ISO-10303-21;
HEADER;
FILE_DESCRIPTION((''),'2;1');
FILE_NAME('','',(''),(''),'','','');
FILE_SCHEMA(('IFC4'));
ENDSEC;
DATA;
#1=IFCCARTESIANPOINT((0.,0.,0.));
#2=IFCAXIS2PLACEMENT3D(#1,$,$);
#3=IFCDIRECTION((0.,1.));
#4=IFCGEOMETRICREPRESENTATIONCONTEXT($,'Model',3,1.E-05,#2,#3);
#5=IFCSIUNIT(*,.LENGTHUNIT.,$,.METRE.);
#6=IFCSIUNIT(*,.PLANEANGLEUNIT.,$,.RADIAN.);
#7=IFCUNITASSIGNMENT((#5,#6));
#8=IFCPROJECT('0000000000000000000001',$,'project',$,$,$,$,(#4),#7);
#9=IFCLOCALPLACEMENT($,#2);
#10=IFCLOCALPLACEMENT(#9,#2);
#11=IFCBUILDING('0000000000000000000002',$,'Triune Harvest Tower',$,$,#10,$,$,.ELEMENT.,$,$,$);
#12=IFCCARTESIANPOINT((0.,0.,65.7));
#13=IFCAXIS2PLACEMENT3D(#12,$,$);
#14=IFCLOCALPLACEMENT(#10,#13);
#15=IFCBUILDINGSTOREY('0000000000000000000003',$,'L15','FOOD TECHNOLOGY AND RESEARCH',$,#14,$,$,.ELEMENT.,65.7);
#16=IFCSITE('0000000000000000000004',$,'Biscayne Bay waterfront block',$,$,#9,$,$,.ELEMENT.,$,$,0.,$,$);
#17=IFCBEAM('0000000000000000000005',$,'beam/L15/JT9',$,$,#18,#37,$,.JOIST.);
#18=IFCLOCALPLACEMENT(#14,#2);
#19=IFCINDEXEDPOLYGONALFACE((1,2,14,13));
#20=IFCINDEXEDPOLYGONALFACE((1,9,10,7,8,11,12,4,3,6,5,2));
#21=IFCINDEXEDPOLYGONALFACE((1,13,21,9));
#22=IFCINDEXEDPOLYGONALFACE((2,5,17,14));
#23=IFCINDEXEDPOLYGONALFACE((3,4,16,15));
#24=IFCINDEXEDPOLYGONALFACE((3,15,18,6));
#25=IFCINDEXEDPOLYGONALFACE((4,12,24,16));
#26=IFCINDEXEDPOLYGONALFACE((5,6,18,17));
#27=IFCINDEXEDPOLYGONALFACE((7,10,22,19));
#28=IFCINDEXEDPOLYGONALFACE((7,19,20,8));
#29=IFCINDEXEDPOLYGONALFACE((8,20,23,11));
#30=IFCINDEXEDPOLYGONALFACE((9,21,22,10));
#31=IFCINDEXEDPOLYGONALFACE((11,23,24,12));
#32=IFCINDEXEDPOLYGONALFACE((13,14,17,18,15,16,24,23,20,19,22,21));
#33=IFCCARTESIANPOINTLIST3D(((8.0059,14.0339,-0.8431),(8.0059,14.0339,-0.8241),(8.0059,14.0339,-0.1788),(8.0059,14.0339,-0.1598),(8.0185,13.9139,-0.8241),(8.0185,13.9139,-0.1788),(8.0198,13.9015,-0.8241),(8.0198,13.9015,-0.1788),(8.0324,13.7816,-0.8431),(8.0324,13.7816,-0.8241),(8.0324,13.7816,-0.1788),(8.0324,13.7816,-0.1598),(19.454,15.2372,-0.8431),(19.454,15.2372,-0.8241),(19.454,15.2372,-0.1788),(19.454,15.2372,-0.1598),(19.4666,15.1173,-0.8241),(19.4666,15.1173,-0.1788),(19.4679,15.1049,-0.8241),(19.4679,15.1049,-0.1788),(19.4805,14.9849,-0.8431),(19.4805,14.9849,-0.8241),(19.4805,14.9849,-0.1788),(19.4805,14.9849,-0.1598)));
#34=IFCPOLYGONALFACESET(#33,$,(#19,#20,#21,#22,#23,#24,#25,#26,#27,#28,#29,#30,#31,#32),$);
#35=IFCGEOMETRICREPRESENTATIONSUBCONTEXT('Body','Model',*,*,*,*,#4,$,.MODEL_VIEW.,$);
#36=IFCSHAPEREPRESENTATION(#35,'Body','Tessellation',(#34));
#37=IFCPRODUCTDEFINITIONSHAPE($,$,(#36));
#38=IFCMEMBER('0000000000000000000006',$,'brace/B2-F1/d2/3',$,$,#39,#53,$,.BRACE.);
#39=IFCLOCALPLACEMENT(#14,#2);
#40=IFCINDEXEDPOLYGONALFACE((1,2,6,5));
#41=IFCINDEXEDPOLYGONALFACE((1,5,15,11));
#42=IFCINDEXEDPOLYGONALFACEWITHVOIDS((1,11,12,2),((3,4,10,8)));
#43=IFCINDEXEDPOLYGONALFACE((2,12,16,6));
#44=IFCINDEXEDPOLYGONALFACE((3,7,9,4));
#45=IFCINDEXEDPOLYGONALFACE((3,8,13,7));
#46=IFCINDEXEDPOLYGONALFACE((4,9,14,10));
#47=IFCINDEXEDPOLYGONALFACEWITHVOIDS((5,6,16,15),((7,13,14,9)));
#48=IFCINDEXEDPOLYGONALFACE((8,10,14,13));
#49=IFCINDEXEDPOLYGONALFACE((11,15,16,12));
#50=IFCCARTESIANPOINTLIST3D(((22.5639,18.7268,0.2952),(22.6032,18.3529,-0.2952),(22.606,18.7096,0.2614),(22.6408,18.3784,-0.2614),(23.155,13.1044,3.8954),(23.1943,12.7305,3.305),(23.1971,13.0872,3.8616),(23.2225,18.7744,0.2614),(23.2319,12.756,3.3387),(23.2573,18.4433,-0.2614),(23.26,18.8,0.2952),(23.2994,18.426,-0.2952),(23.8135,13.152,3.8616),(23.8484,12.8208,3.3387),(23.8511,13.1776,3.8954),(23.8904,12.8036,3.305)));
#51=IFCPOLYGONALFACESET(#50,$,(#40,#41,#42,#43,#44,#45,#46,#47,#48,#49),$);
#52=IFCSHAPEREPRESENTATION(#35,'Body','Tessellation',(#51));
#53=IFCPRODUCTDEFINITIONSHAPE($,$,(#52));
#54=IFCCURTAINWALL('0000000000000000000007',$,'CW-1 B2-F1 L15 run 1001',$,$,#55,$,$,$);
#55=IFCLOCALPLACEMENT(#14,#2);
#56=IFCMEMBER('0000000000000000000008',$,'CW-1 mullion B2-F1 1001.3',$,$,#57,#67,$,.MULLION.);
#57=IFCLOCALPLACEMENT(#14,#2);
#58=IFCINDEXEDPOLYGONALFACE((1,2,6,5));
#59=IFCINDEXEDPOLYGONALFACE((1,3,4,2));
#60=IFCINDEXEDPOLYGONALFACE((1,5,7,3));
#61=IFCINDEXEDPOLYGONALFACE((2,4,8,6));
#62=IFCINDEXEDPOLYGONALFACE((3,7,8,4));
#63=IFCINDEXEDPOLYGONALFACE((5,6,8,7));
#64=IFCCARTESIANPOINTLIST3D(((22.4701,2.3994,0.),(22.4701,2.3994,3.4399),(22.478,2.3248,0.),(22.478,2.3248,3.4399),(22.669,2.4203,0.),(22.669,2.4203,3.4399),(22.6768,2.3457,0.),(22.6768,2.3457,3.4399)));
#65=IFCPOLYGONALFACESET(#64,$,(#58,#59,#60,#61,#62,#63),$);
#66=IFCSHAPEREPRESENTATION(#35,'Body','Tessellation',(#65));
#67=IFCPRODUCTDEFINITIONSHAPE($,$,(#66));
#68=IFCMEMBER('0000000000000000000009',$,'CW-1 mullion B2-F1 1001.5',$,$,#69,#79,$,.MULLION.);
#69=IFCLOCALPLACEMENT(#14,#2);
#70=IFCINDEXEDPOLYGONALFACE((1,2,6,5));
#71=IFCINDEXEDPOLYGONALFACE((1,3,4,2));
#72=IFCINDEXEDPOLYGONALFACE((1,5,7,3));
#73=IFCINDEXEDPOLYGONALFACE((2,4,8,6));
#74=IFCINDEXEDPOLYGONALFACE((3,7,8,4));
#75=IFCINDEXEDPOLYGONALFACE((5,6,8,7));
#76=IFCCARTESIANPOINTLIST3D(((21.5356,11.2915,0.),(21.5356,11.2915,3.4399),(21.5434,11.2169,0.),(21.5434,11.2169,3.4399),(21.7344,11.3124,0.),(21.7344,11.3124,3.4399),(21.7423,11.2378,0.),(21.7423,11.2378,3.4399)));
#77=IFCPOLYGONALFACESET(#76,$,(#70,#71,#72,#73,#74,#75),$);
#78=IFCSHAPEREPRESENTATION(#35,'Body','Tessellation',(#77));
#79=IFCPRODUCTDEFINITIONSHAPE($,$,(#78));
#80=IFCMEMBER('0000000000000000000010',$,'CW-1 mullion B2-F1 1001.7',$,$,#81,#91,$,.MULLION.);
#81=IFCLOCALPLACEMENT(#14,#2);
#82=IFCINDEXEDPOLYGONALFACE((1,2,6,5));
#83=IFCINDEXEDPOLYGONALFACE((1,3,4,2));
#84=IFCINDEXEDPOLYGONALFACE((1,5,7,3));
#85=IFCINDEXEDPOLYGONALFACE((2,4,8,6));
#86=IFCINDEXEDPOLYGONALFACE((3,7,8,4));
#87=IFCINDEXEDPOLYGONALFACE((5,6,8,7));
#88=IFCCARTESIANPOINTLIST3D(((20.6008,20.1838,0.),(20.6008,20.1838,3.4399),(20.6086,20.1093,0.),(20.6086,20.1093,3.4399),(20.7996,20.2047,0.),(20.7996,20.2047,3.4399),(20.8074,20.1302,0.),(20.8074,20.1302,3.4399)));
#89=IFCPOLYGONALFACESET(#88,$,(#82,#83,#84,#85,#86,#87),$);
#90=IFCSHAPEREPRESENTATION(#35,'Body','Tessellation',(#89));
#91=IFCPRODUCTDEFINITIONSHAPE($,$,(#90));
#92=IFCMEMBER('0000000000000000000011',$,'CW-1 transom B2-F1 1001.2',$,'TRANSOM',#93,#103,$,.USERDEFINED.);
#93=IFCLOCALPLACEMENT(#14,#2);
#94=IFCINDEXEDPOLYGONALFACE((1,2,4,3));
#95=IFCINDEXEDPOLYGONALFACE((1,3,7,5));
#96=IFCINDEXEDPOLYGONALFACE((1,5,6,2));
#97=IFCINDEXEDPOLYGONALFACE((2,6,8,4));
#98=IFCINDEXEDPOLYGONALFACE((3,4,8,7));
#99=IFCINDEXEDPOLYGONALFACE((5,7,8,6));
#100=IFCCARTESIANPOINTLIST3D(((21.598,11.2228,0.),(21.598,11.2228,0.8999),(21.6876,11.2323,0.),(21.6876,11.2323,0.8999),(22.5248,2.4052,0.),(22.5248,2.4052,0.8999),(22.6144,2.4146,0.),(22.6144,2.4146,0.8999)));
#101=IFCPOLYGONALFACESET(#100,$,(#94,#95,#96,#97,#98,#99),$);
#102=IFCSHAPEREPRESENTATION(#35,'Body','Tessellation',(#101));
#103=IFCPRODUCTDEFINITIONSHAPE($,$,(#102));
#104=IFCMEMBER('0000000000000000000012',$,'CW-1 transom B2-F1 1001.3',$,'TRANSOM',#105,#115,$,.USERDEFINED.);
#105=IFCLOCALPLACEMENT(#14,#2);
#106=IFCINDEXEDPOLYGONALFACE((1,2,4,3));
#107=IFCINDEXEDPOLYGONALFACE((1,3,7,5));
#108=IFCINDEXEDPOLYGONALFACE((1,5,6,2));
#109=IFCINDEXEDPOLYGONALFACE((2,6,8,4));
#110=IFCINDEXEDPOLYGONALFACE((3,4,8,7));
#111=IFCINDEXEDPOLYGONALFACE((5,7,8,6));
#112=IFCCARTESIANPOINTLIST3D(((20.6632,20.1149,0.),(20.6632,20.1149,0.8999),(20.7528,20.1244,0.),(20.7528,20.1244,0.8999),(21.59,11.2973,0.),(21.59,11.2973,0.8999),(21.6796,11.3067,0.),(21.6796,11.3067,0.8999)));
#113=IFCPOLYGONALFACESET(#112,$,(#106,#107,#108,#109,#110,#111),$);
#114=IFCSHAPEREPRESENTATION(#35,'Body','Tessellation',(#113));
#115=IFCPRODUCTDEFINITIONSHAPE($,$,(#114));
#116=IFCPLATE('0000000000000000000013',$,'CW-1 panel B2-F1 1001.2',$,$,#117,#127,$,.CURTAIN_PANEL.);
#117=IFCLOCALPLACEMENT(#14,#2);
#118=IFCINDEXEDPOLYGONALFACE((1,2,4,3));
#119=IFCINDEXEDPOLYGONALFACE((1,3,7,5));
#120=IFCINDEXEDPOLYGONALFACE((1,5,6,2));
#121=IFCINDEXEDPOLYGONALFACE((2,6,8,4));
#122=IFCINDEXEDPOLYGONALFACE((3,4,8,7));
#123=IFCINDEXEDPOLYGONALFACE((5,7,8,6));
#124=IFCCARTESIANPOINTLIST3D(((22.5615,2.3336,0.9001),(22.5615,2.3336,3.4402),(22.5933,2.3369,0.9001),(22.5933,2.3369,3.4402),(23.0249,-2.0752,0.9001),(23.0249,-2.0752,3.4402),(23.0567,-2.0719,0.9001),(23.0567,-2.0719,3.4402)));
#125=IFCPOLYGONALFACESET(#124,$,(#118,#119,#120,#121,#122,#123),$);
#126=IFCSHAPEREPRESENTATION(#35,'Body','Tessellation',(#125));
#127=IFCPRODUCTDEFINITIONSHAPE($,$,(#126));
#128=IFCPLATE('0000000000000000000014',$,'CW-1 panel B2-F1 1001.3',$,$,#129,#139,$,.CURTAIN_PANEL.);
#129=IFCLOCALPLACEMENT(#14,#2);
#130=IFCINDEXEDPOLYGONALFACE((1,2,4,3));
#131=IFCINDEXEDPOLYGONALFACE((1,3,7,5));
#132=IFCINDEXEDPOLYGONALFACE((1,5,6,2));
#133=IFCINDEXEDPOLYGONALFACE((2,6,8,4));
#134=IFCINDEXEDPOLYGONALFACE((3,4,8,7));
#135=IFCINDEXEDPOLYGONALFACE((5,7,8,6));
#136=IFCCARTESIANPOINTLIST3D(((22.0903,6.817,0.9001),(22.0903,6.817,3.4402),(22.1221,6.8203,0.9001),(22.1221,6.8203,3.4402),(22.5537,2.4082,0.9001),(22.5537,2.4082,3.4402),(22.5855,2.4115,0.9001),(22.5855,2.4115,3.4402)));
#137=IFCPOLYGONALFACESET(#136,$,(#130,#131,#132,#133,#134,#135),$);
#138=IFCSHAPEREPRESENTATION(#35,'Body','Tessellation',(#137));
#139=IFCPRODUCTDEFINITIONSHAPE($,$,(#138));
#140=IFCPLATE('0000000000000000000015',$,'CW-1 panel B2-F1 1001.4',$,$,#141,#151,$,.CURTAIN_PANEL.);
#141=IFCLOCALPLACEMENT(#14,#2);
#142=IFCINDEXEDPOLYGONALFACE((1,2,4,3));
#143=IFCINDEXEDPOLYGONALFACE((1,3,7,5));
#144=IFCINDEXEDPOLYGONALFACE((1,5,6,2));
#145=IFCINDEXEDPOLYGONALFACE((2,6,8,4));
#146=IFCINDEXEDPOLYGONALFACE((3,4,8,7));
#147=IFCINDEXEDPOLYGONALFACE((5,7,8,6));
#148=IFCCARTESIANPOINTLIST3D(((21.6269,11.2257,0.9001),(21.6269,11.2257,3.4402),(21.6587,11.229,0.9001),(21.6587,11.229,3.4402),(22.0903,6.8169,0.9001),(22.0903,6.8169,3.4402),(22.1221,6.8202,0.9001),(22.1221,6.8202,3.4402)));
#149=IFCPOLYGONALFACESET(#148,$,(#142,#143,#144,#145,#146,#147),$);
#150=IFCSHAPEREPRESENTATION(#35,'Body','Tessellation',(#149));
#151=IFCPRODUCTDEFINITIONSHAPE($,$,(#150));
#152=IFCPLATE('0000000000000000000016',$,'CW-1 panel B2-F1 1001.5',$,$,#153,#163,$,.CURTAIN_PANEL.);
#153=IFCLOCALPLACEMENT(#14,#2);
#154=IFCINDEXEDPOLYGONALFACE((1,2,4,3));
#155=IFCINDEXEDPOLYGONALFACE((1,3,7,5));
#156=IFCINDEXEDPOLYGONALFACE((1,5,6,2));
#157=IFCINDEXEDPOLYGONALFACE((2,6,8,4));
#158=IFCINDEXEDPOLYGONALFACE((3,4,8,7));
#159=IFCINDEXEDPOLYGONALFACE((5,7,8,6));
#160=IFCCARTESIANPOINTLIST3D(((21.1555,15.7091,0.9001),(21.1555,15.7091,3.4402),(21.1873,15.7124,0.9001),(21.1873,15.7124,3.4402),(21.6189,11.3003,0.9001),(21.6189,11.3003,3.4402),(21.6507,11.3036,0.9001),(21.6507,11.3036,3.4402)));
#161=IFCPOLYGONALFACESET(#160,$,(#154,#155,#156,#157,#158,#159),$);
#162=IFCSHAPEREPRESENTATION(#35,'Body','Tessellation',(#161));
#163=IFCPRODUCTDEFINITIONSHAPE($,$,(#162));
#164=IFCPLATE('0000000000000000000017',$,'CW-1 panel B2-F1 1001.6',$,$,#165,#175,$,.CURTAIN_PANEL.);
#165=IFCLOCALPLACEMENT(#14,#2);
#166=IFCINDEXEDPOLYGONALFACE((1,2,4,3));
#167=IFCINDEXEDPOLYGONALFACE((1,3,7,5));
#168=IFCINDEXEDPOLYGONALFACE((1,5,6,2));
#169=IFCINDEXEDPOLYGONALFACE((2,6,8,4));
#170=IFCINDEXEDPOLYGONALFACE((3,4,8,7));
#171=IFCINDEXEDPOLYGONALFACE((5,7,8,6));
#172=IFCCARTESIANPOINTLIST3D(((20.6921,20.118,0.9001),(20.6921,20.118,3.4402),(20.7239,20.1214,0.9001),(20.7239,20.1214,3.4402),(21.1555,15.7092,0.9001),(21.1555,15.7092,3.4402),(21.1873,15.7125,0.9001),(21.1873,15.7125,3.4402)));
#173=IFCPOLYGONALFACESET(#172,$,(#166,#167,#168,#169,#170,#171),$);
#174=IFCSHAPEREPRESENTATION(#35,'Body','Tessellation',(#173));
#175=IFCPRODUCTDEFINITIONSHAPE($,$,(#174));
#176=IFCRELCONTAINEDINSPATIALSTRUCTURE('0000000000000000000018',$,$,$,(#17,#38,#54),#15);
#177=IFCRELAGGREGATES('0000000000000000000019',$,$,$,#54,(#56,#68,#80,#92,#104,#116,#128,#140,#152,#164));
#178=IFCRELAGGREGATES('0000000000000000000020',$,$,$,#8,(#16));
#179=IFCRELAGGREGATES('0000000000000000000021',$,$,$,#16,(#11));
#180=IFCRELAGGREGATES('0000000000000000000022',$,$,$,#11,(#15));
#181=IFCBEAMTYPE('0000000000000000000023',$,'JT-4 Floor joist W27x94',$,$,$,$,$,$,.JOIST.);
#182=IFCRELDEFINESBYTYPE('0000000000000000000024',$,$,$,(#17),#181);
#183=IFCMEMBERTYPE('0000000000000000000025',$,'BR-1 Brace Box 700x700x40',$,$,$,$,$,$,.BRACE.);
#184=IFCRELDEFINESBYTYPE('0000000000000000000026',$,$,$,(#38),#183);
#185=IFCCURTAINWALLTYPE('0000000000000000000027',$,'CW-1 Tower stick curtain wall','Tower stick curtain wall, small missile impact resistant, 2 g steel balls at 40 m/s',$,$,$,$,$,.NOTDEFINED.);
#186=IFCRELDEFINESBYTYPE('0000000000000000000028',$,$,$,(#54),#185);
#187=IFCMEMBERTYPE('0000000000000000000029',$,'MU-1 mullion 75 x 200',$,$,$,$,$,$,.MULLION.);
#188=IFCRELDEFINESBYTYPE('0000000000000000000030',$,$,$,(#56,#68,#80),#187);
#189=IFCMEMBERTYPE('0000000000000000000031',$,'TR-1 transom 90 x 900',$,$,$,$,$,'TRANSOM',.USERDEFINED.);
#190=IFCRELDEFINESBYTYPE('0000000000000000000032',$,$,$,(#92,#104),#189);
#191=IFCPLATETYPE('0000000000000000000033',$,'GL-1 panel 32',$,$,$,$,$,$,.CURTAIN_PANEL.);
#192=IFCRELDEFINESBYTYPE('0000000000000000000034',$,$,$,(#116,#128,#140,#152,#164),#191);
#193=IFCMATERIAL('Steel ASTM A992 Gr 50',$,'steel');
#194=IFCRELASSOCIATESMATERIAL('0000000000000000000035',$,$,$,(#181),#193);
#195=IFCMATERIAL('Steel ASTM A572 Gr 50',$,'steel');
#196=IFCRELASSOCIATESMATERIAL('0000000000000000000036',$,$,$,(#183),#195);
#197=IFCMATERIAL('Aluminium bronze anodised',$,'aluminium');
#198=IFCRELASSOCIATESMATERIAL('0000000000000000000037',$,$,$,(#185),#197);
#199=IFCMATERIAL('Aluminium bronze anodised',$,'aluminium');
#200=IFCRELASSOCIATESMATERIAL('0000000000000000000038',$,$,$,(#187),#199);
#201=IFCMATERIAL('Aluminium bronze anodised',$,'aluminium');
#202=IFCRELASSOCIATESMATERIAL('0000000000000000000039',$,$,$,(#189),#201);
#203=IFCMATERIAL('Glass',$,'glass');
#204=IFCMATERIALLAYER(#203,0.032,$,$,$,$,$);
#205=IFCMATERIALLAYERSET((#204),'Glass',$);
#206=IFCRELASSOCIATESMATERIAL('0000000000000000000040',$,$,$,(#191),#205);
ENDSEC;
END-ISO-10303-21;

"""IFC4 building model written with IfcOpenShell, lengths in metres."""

from ifc_helpers import new_model, si_unit, direction, frame, origin, origin_2d, place, context, subcontext, project, spatial, rectangle, hollow_rectangle, i_section, extrude, source, transform, mapped, material, layer, layer_set, material_profile, profile_set, type_object, element, aggregate, save


model = new_model("IFC4")

# Units and contexts
model_context = context("Model", 3, precision=1e-05, world=origin(), true_north=direction((0.0, 1.0)))
body_context = subcontext(model_context, "Body", "Model", "MODEL_VIEW")
ifc_project = project(units=[si_unit("LENGTHUNIT", "METRE"), si_unit("PLANEANGLEUNIT", "RADIAN")], contexts=[model_context])

# Site, building, storey
site_placement = place(None, origin())
site = spatial("IfcSite", under=ifc_project, at=site_placement, Name="Biscayne Bay waterfront block", CompositionType="ELEMENT", RefElevation=0.0)
building_placement = place(site_placement, origin())
building = spatial("IfcBuilding", under=site, at=building_placement, Name="Triune Harvest Tower", CompositionType="ELEMENT")
storey_placement = place(building_placement, frame((0.0, 0.0, 65.7)))
storey = spatial("IfcBuildingStorey", under=building, at=storey_placement, Name="L15", Description="FOOD TECHNOLOGY AND RESEARCH", CompositionType="ELEMENT", Elevation=65.7)

# Beam
ifc_material_1 = material(Name="Steel ASTM A992 Gr 50", Category="steel")
ifc_material_profile_1 = material_profile(ifc_material_1, i_section(OverallWidth=0.2537, OverallDepth=0.6833, WebThickness=0.0125, FlangeThickness=0.019, at=origin_2d()), Name="W27x94")
ifc_profile_set_1 = profile_set([ifc_material_profile_1], Name="Steel ASTM A992 Gr 50")
beam_type_1 = type_object("IfcBeamType", Name="JT-4 Floor joist W27x94", PredefinedType="JOIST", material=ifc_profile_set_1)
shared_shape_1 = source(origin(), body_context, "Body", "SweptSolid", [
    extrude(i_section(OverallWidth=0.2537, OverallDepth=0.6833, WebThickness=0.0125, FlangeThickness=0.019, at=origin_2d()), origin(), (0.0, 0.0, 1.0), 11.5112),
])
beam_1_placement = place(storey_placement, frame((19.4673, 15.1111, -0.5015), z_axis=(-0.994521, -0.104538, 0.0), x_axis=(0.104538, -0.994521, 0.0)))
element("IfcBeam", 1, at=beam_1_placement, inside=storey, type_object=beam_type_1, Name="beam/L15/JT9", PredefinedType="JOIST", context=body_context, shape_type="MappedRepresentation", body=[
    mapped(shared_shape_1, transform((0.0, 0.0, 0.0), scale=1.0)),
])

# Member
ifc_material_2 = material(Name="Steel ASTM A572 Gr 50", Category="steel")
ifc_material_profile_2 = material_profile(ifc_material_2, hollow_rectangle(XDim=0.7, YDim=0.7, WallThickness=0.04, at=origin_2d()), Name="Box 700x700x40")
ifc_profile_set_2 = profile_set([ifc_material_profile_2], Name="Steel ASTM A572 Gr 50")
member_type_1 = type_object("IfcMemberType", Name="BR-1 Brace Box 700x700x40", PredefinedType="BRACE", material=ifc_profile_set_2)
shared_shape_2 = source(origin(), body_context, "Body", "SweptSolid", [
    extrude(hollow_rectangle(XDim=0.7, YDim=0.7, WallThickness=0.04, at=origin_2d()), origin(), (0.0, 0.0, 1.0), 6.7024),
])
member_1_placement = place(storey_placement, frame((22.9316, 18.5764, 0.0), z_axis=(0.088189, -0.838867, 0.537146), x_axis=(0.994519, 0.104552, 0.0)))
element("IfcMember", 2, at=member_1_placement, inside=storey, type_object=member_type_1, Name="brace/B2-F1/d2/3", PredefinedType="BRACE", context=body_context, shape_type="MappedRepresentation", body=[
    mapped(shared_shape_2, transform((0.0, 0.0, 0.0), scale=1.0)),
])

# Curtain wall, members, plates
ifc_material_3 = material(Name="Aluminium bronze anodised", Category="aluminium")
curtain_wall_type = type_object("IfcCurtainWallType", Name="CW-1 Tower stick curtain wall", Description="Tower stick curtain wall, small missile impact resistant, 2 g steel balls at 40 m/s", PredefinedType="NOTDEFINED", material=ifc_material_3)
curtain_wall_placement = place(storey_placement, origin())
curtain_wall = element("IfcCurtainWall", 3, at=curtain_wall_placement, inside=storey, type_object=curtain_wall_type, Name="CW-1 B2-F1 L15 run 1001")
ifc_material_4 = material(Name="Aluminium bronze anodised", Category="aluminium")
ifc_material_profile_3 = material_profile(ifc_material_4, rectangle(XDim=0.2, YDim=0.075, at=origin_2d()), Name="MU-1 mullion 75 x 200")
ifc_profile_set_3 = profile_set([ifc_material_profile_3], Name="Aluminium bronze anodised")
member_type_2 = type_object("IfcMemberType", Name="MU-1 mullion 75 x 200", PredefinedType="MULLION", material=ifc_profile_set_3)
shared_shape_3 = source(origin(), body_context, "Body", "SweptSolid", [
    extrude(rectangle(XDim=0.2, YDim=0.075, at=origin_2d()), origin(), (0.0, 0.0, 1.0), 3.4399),
])
member_2_placement = place(storey_placement, frame((22.5735, 2.3726, 0.0), z_axis=(0.0, 0.0, 1.0), x_axis=(-0.994522, -0.104528, 0.0)))
member_2 = element("IfcMember", 4, at=member_2_placement, type_object=member_type_2, Name="CW-1 mullion B2-F1 1001.3", PredefinedType="MULLION", context=body_context, shape_type="MappedRepresentation", body=[
    mapped(shared_shape_3, transform((0.0, 0.0, 0.0), scale=1.0)),
])
member_3_placement = place(storey_placement, frame((21.6389, 11.2646, 0.0), z_axis=(0.0, 0.0, 1.0), x_axis=(-0.994522, -0.104528, 0.0)))
member_3 = element("IfcMember", 5, at=member_3_placement, type_object=member_type_2, Name="CW-1 mullion B2-F1 1001.5", PredefinedType="MULLION", context=body_context, shape_type="MappedRepresentation", body=[
    mapped(shared_shape_3, transform((0.0, 0.0, 0.0), scale=1.0)),
])
member_4_placement = place(storey_placement, frame((20.7041, 20.157, 0.0), z_axis=(0.0, 0.0, 1.0), x_axis=(-0.994522, -0.104528, 0.0)))
member_4 = element("IfcMember", 6, at=member_4_placement, type_object=member_type_2, Name="CW-1 mullion B2-F1 1001.7", PredefinedType="MULLION", context=body_context, shape_type="MappedRepresentation", body=[
    mapped(shared_shape_3, transform((0.0, 0.0, 0.0), scale=1.0)),
])
ifc_material_5 = material(Name="Aluminium bronze anodised", Category="aluminium")
ifc_material_profile_4 = material_profile(ifc_material_5, rectangle(XDim=0.0901, YDim=0.8999, at=origin_2d()), Name="TR-1 transom 90 x 900")
ifc_profile_set_4 = profile_set([ifc_material_profile_4], Name="Aluminium bronze anodised")
member_type_3 = type_object("IfcMemberType", Name="TR-1 transom 90 x 900", ElementType="TRANSOM", PredefinedType="USERDEFINED", material=ifc_profile_set_4)
shared_shape_4 = source(origin(), body_context, "Body", "SweptSolid", [
    extrude(rectangle(XDim=0.0901, YDim=0.8999, at=origin_2d()), origin(), (0.0, 0.0, 1.0), 8.8662),
])
member_5_placement = place(storey_placement, frame((22.5696, 2.4099, 0.45), z_axis=(-0.104527, 0.994522, 0.0), x_axis=(-0.994522, -0.104527, 0.0)))
member_5 = element("IfcMember", 7, at=member_5_placement, type_object=member_type_3, Name="CW-1 transom B2-F1 1001.2", ObjectType="TRANSOM", PredefinedType="USERDEFINED", context=body_context, shape_type="MappedRepresentation", body=[
    mapped(shared_shape_4, transform((0.0, 0.0, 0.0), scale=1.0)),
])
member_6_placement = place(storey_placement, frame((21.6348, 11.302, 0.45), z_axis=(-0.104527, 0.994522, 0.0), x_axis=(-0.994522, -0.104527, 0.0)))
member_6 = element("IfcMember", 8, at=member_6_placement, type_object=member_type_3, Name="CW-1 transom B2-F1 1001.3", ObjectType="TRANSOM", PredefinedType="USERDEFINED", context=body_context, shape_type="MappedRepresentation", body=[
    mapped(shared_shape_4, transform((0.0, 0.0, 0.0), scale=1.0)),
])
ifc_material_6 = material(Name="Glass", Category="glass")
ifc_layer_1 = layer(ifc_material_6, 0.032)
ifc_layer_set_1 = layer_set([ifc_layer_1], Name="Glass")
plate_type = type_object("IfcPlateType", Name="GL-1 panel 32", PredefinedType="CURTAIN_PANEL", material=ifc_layer_set_1)
shared_shape_5 = source(origin(), body_context, "Body", "SweptSolid", [
    extrude(rectangle(XDim=4.4331, YDim=0.032, at=origin_2d()), origin(), (0.0, 0.0, 1.0), 2.54),
])
plate_1_placement = place(storey_placement, frame((22.8091, 0.1309, 0.9001), z_axis=(0.0, 0.0, 1.0), x_axis=(-0.104528, 0.994522, 0.0)))
plate_1 = element("IfcPlate", 9, at=plate_1_placement, type_object=plate_type, Name="CW-1 panel B2-F1 1001.2", PredefinedType="CURTAIN_PANEL", context=body_context, shape_type="MappedRepresentation", body=[
    mapped(shared_shape_5, transform((0.0, 0.0, 0.0), scale=1.0)),
])
plate_2_placement = place(storey_placement, frame((22.3379, 4.6143, 0.9001), z_axis=(0.0, 0.0, 1.0), x_axis=(-0.104528, 0.994522, 0.0)))
plate_2 = element("IfcPlate", 10, at=plate_2_placement, type_object=plate_type, Name="CW-1 panel B2-F1 1001.3", PredefinedType="CURTAIN_PANEL", context=body_context, shape_type="MappedRepresentation", body=[
    mapped(shared_shape_5, transform((0.0, 0.0, 0.0), scale=1.0)),
])
plate_3_placement = place(storey_placement, frame((21.8745, 9.0229, 0.9001), z_axis=(0.0, 0.0, 1.0), x_axis=(-0.104528, 0.994522, 0.0)))
plate_3 = element("IfcPlate", 11, at=plate_3_placement, type_object=plate_type, Name="CW-1 panel B2-F1 1001.4", PredefinedType="CURTAIN_PANEL", context=body_context, shape_type="MappedRepresentation", body=[
    mapped(shared_shape_5, transform((0.0, 0.0, 0.0), scale=1.0)),
])
plate_4_placement = place(storey_placement, frame((21.4031, 13.5063, 0.9001), z_axis=(0.0, 0.0, 1.0), x_axis=(-0.104528, 0.994522, 0.0)))
plate_4 = element("IfcPlate", 12, at=plate_4_placement, type_object=plate_type, Name="CW-1 panel B2-F1 1001.5", PredefinedType="CURTAIN_PANEL", context=body_context, shape_type="MappedRepresentation", body=[
    mapped(shared_shape_5, transform((0.0, 0.0, 0.0), scale=1.0)),
])
plate_5_placement = place(storey_placement, frame((20.9397, 17.9153, 0.9001), z_axis=(0.0, 0.0, 1.0), x_axis=(-0.104528, 0.994522, 0.0)))
plate_5 = element("IfcPlate", 13, at=plate_5_placement, type_object=plate_type, Name="CW-1 panel B2-F1 1001.6", PredefinedType="CURTAIN_PANEL", context=body_context, shape_type="MappedRepresentation", body=[
    mapped(shared_shape_5, transform((0.0, 0.0, 0.0), scale=1.0)),
])
aggregate(curtain_wall, [member_2, member_3, member_4, member_5, member_6, plate_1, plate_2, plate_3, plate_4, plate_5])

save(model, "model.ifc")
